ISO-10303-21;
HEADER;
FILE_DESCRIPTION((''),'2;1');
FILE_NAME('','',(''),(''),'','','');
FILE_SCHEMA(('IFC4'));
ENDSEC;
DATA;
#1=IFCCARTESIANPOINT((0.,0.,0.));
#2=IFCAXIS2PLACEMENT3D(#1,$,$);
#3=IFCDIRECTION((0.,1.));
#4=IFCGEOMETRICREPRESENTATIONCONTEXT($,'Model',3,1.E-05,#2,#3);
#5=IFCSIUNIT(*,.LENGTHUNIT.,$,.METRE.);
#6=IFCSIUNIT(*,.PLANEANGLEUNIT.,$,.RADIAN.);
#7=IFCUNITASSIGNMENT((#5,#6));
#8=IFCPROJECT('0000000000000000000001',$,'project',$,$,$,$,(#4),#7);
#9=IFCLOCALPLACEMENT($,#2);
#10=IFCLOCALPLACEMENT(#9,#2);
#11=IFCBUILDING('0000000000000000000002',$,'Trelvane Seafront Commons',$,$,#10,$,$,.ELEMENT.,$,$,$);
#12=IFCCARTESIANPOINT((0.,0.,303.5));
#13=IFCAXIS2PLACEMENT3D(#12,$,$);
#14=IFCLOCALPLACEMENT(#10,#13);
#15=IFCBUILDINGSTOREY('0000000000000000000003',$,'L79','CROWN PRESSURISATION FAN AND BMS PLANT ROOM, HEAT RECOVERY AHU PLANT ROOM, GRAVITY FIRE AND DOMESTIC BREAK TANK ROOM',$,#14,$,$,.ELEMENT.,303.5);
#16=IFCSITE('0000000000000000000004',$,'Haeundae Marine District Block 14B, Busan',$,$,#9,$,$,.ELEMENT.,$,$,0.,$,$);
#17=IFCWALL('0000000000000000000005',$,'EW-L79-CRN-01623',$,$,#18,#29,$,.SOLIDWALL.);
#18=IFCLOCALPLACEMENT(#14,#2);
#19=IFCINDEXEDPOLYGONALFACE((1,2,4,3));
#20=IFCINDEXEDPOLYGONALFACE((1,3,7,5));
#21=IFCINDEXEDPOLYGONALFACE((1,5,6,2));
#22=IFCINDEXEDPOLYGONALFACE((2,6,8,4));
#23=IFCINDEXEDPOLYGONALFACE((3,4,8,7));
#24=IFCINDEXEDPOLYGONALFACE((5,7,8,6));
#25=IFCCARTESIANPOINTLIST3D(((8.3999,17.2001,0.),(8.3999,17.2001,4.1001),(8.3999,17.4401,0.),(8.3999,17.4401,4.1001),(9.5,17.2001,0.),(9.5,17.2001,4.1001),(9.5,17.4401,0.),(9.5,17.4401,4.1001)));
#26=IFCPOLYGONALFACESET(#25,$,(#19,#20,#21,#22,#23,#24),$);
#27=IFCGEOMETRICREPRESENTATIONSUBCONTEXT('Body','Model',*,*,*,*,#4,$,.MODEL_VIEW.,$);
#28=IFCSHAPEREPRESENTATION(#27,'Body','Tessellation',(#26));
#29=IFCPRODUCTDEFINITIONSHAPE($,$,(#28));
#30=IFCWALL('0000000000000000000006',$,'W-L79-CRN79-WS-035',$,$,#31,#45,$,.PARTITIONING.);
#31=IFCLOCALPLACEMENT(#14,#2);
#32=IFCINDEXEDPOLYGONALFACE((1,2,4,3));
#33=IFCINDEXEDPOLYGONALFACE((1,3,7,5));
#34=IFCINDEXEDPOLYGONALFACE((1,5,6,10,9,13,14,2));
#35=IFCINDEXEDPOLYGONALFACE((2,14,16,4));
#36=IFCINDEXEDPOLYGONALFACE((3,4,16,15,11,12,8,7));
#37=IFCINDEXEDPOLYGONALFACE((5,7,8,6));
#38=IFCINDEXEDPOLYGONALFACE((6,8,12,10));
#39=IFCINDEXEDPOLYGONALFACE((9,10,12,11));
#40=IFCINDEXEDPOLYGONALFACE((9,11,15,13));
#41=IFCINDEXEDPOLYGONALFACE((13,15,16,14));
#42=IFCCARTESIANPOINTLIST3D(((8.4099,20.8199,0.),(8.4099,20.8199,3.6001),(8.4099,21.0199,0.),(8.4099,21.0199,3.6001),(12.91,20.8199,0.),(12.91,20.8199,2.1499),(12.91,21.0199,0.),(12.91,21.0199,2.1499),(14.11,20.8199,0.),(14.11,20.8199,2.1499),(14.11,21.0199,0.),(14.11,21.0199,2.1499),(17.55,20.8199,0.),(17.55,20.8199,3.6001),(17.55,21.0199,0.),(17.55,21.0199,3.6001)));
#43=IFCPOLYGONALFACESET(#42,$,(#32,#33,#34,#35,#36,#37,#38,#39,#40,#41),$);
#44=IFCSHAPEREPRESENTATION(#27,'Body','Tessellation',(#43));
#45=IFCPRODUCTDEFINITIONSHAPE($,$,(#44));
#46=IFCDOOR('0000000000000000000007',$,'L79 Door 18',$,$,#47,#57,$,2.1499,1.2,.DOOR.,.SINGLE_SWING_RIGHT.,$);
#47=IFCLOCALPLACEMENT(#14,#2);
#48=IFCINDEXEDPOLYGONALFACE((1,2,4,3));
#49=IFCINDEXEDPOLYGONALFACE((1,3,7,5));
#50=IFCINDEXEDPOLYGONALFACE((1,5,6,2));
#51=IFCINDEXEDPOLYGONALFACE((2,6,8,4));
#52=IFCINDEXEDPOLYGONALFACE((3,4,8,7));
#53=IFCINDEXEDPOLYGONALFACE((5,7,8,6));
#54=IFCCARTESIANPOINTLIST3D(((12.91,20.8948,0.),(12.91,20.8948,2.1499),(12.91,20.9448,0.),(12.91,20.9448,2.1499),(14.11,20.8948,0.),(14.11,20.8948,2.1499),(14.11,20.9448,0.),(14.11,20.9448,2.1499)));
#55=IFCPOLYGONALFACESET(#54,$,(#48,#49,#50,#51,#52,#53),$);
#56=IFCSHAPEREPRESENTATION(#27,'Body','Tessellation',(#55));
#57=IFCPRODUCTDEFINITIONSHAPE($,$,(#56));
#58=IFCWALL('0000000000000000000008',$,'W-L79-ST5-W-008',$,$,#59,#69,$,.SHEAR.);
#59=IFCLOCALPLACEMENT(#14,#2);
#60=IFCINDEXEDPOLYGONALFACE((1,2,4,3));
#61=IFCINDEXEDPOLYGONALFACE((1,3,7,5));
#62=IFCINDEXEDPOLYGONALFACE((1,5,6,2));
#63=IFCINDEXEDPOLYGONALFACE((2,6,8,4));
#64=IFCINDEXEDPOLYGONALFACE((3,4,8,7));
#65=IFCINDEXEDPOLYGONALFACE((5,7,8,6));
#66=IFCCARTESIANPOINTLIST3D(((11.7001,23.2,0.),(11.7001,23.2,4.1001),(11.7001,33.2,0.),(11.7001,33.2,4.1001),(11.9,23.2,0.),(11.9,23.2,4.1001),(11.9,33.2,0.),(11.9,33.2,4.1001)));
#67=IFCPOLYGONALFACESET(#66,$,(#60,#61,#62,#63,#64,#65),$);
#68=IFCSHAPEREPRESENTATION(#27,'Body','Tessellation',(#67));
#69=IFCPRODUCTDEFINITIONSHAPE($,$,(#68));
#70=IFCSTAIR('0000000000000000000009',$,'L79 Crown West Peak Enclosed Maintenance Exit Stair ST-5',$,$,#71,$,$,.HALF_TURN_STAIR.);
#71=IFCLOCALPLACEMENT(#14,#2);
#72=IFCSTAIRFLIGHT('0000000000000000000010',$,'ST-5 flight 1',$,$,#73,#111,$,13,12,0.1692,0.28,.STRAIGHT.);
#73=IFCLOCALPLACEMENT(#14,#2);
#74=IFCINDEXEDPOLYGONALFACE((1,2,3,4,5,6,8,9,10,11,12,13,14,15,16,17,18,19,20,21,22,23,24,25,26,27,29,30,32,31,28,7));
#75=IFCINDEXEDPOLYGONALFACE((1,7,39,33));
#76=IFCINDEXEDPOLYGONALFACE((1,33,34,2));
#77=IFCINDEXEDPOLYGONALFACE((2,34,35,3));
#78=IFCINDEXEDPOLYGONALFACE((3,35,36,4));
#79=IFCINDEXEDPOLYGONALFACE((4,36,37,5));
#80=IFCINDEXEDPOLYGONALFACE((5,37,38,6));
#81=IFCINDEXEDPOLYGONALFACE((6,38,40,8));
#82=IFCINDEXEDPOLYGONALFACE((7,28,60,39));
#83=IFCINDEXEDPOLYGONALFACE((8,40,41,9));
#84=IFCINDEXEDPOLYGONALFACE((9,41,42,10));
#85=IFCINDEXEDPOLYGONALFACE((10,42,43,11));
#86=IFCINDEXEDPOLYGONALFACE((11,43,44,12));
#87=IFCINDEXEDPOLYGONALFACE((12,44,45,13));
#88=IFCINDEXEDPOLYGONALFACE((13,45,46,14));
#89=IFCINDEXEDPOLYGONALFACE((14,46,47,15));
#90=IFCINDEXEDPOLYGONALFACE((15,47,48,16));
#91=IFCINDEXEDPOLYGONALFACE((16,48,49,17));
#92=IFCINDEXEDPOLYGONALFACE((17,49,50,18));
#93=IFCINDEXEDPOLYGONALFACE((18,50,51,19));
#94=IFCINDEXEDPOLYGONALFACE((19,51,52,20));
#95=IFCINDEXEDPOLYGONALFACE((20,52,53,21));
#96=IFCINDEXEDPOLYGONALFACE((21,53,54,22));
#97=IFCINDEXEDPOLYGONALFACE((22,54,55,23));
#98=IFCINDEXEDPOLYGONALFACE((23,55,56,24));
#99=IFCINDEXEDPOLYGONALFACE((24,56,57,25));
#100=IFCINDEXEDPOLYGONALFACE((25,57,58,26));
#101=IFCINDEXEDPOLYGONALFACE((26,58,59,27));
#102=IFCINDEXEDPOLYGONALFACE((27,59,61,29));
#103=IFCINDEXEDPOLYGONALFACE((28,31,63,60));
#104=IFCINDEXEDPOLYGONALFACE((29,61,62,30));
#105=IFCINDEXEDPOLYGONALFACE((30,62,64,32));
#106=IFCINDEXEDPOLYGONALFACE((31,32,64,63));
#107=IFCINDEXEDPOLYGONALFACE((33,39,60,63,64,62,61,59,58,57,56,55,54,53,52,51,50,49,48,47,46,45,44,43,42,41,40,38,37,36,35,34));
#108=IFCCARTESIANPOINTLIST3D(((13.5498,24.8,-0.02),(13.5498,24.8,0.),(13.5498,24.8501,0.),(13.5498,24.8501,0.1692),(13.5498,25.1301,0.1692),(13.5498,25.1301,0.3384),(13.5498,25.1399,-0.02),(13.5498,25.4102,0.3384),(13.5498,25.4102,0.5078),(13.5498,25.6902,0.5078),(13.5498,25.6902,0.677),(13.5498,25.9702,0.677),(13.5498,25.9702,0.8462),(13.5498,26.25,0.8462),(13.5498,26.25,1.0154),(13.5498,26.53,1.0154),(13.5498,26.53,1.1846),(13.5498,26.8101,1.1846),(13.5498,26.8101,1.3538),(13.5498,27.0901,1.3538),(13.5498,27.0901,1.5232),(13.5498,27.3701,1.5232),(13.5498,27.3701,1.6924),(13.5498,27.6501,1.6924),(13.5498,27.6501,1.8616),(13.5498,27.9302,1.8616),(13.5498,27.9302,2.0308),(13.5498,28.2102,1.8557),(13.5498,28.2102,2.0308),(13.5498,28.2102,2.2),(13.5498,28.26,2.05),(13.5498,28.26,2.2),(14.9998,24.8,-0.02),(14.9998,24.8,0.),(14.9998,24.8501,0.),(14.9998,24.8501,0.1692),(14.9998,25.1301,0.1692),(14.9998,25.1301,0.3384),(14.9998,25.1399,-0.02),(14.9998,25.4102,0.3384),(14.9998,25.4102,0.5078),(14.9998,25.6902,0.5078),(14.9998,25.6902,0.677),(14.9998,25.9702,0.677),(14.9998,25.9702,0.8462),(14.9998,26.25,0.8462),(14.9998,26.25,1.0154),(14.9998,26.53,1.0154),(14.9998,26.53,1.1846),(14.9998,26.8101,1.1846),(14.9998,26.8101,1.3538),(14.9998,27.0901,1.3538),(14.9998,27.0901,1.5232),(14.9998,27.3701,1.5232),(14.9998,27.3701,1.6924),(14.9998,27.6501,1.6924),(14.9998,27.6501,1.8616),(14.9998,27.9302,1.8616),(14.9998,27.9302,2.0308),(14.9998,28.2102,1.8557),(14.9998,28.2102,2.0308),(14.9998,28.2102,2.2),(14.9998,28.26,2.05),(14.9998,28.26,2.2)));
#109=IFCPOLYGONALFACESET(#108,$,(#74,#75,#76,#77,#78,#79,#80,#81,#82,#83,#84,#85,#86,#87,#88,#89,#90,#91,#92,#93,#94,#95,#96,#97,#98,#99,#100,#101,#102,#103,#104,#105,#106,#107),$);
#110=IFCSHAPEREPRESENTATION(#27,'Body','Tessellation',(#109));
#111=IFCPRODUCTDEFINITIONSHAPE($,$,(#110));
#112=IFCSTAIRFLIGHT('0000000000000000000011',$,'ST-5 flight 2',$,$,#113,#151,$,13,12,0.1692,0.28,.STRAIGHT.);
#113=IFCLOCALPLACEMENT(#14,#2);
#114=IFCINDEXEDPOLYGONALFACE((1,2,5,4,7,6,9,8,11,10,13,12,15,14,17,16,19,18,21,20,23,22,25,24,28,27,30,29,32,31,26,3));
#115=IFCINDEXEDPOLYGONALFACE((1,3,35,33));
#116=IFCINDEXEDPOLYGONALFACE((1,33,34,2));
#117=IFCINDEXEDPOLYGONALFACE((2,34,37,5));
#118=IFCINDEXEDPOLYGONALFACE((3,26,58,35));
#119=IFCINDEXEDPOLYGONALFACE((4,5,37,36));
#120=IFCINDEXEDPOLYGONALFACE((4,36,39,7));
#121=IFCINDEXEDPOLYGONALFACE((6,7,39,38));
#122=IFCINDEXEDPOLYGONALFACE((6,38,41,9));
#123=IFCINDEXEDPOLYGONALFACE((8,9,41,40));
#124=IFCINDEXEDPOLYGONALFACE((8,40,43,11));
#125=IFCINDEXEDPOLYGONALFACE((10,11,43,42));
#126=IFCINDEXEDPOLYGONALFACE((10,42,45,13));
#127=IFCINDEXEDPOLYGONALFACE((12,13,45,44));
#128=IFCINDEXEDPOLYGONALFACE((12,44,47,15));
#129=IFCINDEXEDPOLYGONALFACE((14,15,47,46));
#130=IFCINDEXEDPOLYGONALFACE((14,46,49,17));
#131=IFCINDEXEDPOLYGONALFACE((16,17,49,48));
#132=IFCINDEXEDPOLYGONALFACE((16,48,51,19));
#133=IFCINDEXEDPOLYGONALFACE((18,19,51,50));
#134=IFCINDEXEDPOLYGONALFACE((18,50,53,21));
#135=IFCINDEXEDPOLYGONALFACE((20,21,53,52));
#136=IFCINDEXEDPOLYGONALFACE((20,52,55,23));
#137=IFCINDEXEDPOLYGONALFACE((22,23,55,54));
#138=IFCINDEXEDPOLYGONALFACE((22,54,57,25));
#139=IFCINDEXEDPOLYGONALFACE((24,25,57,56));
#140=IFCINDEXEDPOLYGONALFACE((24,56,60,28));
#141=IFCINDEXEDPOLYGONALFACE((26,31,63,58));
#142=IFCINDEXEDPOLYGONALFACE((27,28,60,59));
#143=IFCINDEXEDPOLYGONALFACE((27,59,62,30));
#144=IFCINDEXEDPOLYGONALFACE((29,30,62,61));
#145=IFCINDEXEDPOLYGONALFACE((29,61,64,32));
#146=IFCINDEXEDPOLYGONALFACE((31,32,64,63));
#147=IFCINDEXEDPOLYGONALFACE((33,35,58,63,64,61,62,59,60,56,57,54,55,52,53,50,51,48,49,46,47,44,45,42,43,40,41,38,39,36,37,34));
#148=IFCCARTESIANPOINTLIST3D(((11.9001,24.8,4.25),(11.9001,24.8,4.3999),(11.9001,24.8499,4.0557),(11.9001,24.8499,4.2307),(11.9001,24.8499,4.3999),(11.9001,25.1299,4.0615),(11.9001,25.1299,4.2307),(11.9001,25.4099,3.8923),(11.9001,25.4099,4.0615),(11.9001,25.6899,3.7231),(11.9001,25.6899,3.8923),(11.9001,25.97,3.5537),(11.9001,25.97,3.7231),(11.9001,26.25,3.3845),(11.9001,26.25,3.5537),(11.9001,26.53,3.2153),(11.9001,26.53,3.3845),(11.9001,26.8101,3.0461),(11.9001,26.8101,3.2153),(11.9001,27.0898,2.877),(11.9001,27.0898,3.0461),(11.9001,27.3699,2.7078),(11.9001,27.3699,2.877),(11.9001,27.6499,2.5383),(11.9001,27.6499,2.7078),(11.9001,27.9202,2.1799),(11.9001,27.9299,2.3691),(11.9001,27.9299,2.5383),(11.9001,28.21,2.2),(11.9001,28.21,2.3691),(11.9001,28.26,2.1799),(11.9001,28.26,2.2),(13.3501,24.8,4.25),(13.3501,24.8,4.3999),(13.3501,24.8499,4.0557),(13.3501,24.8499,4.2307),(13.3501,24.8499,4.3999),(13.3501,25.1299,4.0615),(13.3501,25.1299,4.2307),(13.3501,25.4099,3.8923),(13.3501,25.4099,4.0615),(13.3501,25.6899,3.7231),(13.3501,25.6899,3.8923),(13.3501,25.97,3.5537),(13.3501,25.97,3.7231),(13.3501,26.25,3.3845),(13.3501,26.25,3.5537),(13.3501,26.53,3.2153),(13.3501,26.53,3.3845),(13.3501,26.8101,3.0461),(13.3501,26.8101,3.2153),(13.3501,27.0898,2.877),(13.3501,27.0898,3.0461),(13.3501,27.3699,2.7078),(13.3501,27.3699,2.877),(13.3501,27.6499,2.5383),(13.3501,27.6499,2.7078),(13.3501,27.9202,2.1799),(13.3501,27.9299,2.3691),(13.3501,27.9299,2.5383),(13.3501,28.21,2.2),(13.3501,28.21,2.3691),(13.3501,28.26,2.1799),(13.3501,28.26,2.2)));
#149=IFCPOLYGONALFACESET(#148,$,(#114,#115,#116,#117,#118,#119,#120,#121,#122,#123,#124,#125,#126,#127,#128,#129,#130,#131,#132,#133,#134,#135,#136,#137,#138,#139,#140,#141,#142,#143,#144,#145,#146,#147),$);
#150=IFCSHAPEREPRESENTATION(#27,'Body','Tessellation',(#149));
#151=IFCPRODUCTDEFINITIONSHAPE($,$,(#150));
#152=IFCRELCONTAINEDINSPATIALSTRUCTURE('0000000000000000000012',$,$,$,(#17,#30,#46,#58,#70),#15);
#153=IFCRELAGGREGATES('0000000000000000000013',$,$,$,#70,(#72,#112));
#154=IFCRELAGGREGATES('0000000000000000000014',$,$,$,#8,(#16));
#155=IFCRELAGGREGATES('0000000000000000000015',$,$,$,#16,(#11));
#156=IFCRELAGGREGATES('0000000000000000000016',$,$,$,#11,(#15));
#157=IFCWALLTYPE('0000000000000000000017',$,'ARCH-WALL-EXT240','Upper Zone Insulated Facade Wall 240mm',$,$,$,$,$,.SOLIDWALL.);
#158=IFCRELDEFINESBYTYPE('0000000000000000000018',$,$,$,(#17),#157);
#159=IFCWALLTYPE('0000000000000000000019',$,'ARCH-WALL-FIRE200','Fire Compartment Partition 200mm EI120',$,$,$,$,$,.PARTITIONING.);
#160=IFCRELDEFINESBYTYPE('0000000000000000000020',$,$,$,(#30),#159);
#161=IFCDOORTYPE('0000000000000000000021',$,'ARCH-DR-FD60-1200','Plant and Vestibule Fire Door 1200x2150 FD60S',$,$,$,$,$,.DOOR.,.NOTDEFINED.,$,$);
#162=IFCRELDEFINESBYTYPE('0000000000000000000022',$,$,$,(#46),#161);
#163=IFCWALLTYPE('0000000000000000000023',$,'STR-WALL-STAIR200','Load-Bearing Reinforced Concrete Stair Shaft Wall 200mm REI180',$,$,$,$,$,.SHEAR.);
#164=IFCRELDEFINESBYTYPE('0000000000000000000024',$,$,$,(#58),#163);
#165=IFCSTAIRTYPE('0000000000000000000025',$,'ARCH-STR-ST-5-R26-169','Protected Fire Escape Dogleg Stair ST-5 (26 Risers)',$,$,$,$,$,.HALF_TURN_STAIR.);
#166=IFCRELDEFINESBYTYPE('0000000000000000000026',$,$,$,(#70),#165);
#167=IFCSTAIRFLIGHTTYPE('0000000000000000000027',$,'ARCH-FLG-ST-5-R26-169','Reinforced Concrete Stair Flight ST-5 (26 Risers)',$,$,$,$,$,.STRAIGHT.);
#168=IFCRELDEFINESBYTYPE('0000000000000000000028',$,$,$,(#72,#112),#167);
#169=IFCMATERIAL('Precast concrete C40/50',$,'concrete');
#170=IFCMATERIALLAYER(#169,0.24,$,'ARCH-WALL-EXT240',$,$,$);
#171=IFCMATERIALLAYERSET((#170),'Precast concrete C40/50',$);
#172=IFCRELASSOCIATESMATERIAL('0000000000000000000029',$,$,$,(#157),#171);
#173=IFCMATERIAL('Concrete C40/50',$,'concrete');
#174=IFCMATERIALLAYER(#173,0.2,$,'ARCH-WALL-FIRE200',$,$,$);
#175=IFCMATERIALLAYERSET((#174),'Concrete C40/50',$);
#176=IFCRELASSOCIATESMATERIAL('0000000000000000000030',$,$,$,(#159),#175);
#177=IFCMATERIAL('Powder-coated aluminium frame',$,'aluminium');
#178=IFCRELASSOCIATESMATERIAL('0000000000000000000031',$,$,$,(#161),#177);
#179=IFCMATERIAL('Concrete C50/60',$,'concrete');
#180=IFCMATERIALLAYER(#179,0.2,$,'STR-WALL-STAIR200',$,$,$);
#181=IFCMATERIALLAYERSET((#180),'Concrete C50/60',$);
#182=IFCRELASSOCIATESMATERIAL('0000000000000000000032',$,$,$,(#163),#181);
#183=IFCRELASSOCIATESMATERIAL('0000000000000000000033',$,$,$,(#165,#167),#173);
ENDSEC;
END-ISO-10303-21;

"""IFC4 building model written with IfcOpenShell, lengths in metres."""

from ifc_helpers import new_model, si_unit, direction, frame, frame_2d, origin, place, context, subcontext, project, spatial, polyline, rectangle, outline, extrude, source, transform, mapped, material, layer, layer_set, type_object, element, fill, aggregate, save


model = new_model("IFC4")

# Units and contexts
model_context = context("Model", 3, precision=1e-05, world=origin(), true_north=direction((0.0, 1.0)))
body_context = subcontext(model_context, "Body", "Model", "MODEL_VIEW")
ifc_project = project(units=[si_unit("LENGTHUNIT", "METRE"), si_unit("PLANEANGLEUNIT", "RADIAN")], contexts=[model_context])

# Site, building, storey
site_placement = place(None, origin())
site = spatial("IfcSite", under=ifc_project, at=site_placement, Name="Haeundae Marine District Block 14B, Busan", CompositionType="ELEMENT", RefElevation=0.0)
building_placement = place(site_placement, origin())
building = spatial("IfcBuilding", under=site, at=building_placement, Name="Trelvane Seafront Commons", CompositionType="ELEMENT")
storey_placement = place(building_placement, frame((0.0, 0.0, 303.5)))
storey = spatial("IfcBuildingStorey", under=building, at=storey_placement, Name="L79", Description="CROWN PRESSURISATION FAN AND BMS PLANT ROOM, HEAT RECOVERY AHU PLANT ROOM, GRAVITY FIRE AND DOMESTIC BREAK TANK ROOM", CompositionType="ELEMENT", Elevation=303.5)

# Wall
ifc_material_1 = material(Name="Precast concrete C40/50", Category="concrete")
ifc_layer_1 = layer(ifc_material_1, 0.24, Name="ARCH-WALL-EXT240")
ifc_layer_set_1 = layer_set([ifc_layer_1], Name="Precast concrete C40/50")
wall_type_1 = type_object("IfcWallType", Name="ARCH-WALL-EXT240", Description="Upper Zone Insulated Facade Wall 240mm", PredefinedType="SOLIDWALL", material=ifc_layer_set_1)
wall_1_placement = place(storey_placement, frame((9.5, 17.3201, 0.0), z_axis=(0.0, 0.0, 1.0), x_axis=(-1.0, 0.0, 0.0)))
element("IfcWall", 1, at=wall_1_placement, inside=storey, type_object=wall_type_1, Name="EW-L79-CRN-01623", PredefinedType="SOLIDWALL", context=body_context, shape_type="SweptSolid", body=[
    extrude(rectangle(XDim=1.1001, YDim=0.24, at=frame_2d((0.55, 0.0))), origin(), (0.0, 0.0, 1.0), 4.1001),
])

# Wall, opening, door
ifc_material_2 = material(Name="Concrete C40/50", Category="concrete")
ifc_layer_2 = layer(ifc_material_2, 0.2, Name="ARCH-WALL-FIRE200")
ifc_layer_set_2 = layer_set([ifc_layer_2], Name="Concrete C40/50")
wall_type_2 = type_object("IfcWallType", Name="ARCH-WALL-FIRE200", Description="Fire Compartment Partition 200mm EI120", PredefinedType="PARTITIONING", material=ifc_layer_set_2)
wall_2_placement = place(storey_placement, frame((8.4099, 20.9199, 0.0), z_axis=(0.0, 0.0, 1.0), x_axis=(1.0, 0.0, 0.0)))
wall_2 = element("IfcWall", 2, at=wall_2_placement, inside=storey, type_object=wall_type_2, Name="W-L79-CRN79-WS-035", PredefinedType="PARTITIONING", context=body_context, shape_type="SweptSolid", body=[
    extrude(rectangle(XDim=9.1401, YDim=0.2, at=frame_2d((4.5701, 0.0))), origin(), (0.0, 0.0, 1.0), 3.6001),
])
opening_1_placement = place(wall_2_placement, frame((4.5, 0.0, 0.0)))
opening_1 = element("IfcOpeningElement", 3, at=opening_1_placement, cuts=wall_2, PredefinedType="OPENING", context=body_context, shape_type="SweptSolid", body=[
    extrude(rectangle(XDim=1.2, YDim=2.1499, at=frame_2d((0.6001, 1.075))), frame((0.0, 0.1099, 0.0), z_axis=(0.0, -1.0, 0.0), x_axis=(1.0, 0.0, 0.0)), (0.0, 0.0, 1.0), 0.22),
])
ifc_material_3 = material(Name="Powder-coated aluminium frame", Category="aluminium")
door_type_1 = type_object("IfcDoorType", Name="ARCH-DR-FD60-1200", Description="Plant and Vestibule Fire Door 1200x2150 FD60S", OperationType="NOTDEFINED", PredefinedType="DOOR", material=ifc_material_3)
shared_shape_1 = source(origin(), body_context, "Body", "SweptSolid", [
    extrude(rectangle(XDim=1.2, YDim=2.1499, at=frame_2d((0.6001, 1.075))), frame((0.0, 0.0249, 0.0), z_axis=(0.0, -1.0, 0.0), x_axis=(1.0, 0.0, 0.0)), (0.0, 0.0, 1.0), 0.05),
])
door_1_placement = place(opening_1_placement, origin())
door_1 = element("IfcDoor", 4, at=door_1_placement, inside=storey, type_object=door_type_1, Name="L79 Door 18", OperationType="SINGLE_SWING_RIGHT", OverallHeight=2.1499, OverallWidth=1.2, PredefinedType="DOOR", context=body_context, shape_type="MappedRepresentation", body=[
    mapped(shared_shape_1, transform((0.0, 0.0, 0.0), x_axis=(1.0, 0.0, 0.0), y_axis=(0.0, 1.0, 0.0), z_axis=(0.0, 0.0, 1.0), scale=1.0)),
])
fill(opening_1, door_1)

# Wall
ifc_material_4 = material(Name="Concrete C50/60", Category="concrete")
ifc_layer_3 = layer(ifc_material_4, 0.2, Name="STR-WALL-STAIR200")
ifc_layer_set_3 = layer_set([ifc_layer_3], Name="Concrete C50/60")
wall_type_3 = type_object("IfcWallType", Name="STR-WALL-STAIR200", Description="Load-Bearing Reinforced Concrete Stair Shaft Wall 200mm REI180", PredefinedType="SHEAR", material=ifc_layer_set_3)
wall_3_placement = place(storey_placement, frame((11.8, 23.2, 0.0), z_axis=(0.0, 0.0, 1.0), x_axis=(0.0, 1.0, 0.0)))
element("IfcWall", 5, at=wall_3_placement, inside=storey, type_object=wall_type_3, Name="W-L79-ST5-W-008", PredefinedType="SHEAR", context=body_context, shape_type="SweptSolid", body=[
    extrude(rectangle(XDim=10.0, YDim=0.2, at=frame_2d((5.0, 0.0))), origin(), (0.0, 0.0, 1.0), 4.1001),
])

# Stair, stair flights
stair_type = type_object("IfcStairType", Name="ARCH-STR-ST-5-R26-169", Description="Protected Fire Escape Dogleg Stair ST-5 (26 Risers)", PredefinedType="HALF_TURN_STAIR", material=ifc_material_2)
stair_placement = place(storey_placement, origin())
stair = element("IfcStair", 6, at=stair_placement, inside=storey, type_object=stair_type, Name="L79 Crown West Peak Enclosed Maintenance Exit Stair ST-5", PredefinedType="HALF_TURN_STAIR")
stair_flight_type = type_object("IfcStairFlightType", Name="ARCH-FLG-ST-5-R26-169", Description="Reinforced Concrete Stair Flight ST-5 (26 Risers)", PredefinedType="STRAIGHT", material=ifc_material_2)
shared_shape_2 = source(origin(), body_context, "Body", "SweptSolid", [
    extrude(outline(polyline([(-0.05, -0.02), (-0.05, 0.0), (0.0, 0.0), (0.0, 0.1692), (0.28, 0.1692), (0.28, 0.3384), (0.5601, 0.3384), (0.5601, 0.5078), (0.8401, 0.5078), (0.8401, 0.677), (1.1201, 0.677), (1.1201, 0.8462), (1.3999, 0.8462), (1.3999, 1.0154), (1.6799, 1.0154), (1.6799, 1.1846), (1.96, 1.1846), (1.96, 1.3538), (2.24, 1.3538), (2.24, 1.5232), (2.52, 1.5232), (2.52, 1.6924), (2.8, 1.6924), (2.8, 1.8616), (3.0801, 1.8616), (3.0801, 2.0308), (3.3601, 2.0308), (3.3601, 2.2), (3.4099, 2.2), (3.4099, 2.05), (3.3601, 1.8557), (0.2898, -0.02), (-0.05, -0.02)])), frame((0.0, 0.7251, 0.0), z_axis=(0.0, -1.0, 0.0), x_axis=(1.0, 0.0, 0.0)), (0.0, 0.0, 1.0), 1.45),
])
stair_flight_1_placement = place(storey_placement, frame((14.2749, 24.8501, 0.0), z_axis=(0.0, 0.0, 1.0), x_axis=(0.0, 1.0, 0.0)))
stair_flight_1 = element("IfcStairFlight", 7, at=stair_flight_1_placement, type_object=stair_flight_type, Name="ST-5 flight 1", NumberOfRisers=13, NumberOfTreads=12, PredefinedType="STRAIGHT", RiserHeight=0.1692, TreadLength=0.28, context=body_context, shape_type="MappedRepresentation", body=[
    mapped(shared_shape_2, transform((0.0, 0.0, 0.0), x_axis=(1.0, 0.0, 0.0), y_axis=(0.0, 1.0, 0.0), z_axis=(0.0, 0.0, 1.0), scale=1.0)),
])
stair_flight_2_placement = place(storey_placement, frame((12.625, 28.21, 2.2), z_axis=(0.0, 0.0, 1.0), x_axis=(0.0, -1.0, 0.0)))
stair_flight_2 = element("IfcStairFlight", 8, at=stair_flight_2_placement, type_object=stair_flight_type, Name="ST-5 flight 2", NumberOfRisers=13, NumberOfTreads=12, PredefinedType="STRAIGHT", RiserHeight=0.1692, TreadLength=0.28, context=body_context, shape_type="MappedRepresentation", body=[
    mapped(shared_shape_2, transform((0.0, 0.0, 0.0), x_axis=(1.0, 0.0, 0.0), y_axis=(0.0, 1.0, 0.0), z_axis=(0.0, 0.0, 1.0), scale=1.0)),
])
aggregate(stair, [stair_flight_1, stair_flight_2])

save(model, "model.ifc")
